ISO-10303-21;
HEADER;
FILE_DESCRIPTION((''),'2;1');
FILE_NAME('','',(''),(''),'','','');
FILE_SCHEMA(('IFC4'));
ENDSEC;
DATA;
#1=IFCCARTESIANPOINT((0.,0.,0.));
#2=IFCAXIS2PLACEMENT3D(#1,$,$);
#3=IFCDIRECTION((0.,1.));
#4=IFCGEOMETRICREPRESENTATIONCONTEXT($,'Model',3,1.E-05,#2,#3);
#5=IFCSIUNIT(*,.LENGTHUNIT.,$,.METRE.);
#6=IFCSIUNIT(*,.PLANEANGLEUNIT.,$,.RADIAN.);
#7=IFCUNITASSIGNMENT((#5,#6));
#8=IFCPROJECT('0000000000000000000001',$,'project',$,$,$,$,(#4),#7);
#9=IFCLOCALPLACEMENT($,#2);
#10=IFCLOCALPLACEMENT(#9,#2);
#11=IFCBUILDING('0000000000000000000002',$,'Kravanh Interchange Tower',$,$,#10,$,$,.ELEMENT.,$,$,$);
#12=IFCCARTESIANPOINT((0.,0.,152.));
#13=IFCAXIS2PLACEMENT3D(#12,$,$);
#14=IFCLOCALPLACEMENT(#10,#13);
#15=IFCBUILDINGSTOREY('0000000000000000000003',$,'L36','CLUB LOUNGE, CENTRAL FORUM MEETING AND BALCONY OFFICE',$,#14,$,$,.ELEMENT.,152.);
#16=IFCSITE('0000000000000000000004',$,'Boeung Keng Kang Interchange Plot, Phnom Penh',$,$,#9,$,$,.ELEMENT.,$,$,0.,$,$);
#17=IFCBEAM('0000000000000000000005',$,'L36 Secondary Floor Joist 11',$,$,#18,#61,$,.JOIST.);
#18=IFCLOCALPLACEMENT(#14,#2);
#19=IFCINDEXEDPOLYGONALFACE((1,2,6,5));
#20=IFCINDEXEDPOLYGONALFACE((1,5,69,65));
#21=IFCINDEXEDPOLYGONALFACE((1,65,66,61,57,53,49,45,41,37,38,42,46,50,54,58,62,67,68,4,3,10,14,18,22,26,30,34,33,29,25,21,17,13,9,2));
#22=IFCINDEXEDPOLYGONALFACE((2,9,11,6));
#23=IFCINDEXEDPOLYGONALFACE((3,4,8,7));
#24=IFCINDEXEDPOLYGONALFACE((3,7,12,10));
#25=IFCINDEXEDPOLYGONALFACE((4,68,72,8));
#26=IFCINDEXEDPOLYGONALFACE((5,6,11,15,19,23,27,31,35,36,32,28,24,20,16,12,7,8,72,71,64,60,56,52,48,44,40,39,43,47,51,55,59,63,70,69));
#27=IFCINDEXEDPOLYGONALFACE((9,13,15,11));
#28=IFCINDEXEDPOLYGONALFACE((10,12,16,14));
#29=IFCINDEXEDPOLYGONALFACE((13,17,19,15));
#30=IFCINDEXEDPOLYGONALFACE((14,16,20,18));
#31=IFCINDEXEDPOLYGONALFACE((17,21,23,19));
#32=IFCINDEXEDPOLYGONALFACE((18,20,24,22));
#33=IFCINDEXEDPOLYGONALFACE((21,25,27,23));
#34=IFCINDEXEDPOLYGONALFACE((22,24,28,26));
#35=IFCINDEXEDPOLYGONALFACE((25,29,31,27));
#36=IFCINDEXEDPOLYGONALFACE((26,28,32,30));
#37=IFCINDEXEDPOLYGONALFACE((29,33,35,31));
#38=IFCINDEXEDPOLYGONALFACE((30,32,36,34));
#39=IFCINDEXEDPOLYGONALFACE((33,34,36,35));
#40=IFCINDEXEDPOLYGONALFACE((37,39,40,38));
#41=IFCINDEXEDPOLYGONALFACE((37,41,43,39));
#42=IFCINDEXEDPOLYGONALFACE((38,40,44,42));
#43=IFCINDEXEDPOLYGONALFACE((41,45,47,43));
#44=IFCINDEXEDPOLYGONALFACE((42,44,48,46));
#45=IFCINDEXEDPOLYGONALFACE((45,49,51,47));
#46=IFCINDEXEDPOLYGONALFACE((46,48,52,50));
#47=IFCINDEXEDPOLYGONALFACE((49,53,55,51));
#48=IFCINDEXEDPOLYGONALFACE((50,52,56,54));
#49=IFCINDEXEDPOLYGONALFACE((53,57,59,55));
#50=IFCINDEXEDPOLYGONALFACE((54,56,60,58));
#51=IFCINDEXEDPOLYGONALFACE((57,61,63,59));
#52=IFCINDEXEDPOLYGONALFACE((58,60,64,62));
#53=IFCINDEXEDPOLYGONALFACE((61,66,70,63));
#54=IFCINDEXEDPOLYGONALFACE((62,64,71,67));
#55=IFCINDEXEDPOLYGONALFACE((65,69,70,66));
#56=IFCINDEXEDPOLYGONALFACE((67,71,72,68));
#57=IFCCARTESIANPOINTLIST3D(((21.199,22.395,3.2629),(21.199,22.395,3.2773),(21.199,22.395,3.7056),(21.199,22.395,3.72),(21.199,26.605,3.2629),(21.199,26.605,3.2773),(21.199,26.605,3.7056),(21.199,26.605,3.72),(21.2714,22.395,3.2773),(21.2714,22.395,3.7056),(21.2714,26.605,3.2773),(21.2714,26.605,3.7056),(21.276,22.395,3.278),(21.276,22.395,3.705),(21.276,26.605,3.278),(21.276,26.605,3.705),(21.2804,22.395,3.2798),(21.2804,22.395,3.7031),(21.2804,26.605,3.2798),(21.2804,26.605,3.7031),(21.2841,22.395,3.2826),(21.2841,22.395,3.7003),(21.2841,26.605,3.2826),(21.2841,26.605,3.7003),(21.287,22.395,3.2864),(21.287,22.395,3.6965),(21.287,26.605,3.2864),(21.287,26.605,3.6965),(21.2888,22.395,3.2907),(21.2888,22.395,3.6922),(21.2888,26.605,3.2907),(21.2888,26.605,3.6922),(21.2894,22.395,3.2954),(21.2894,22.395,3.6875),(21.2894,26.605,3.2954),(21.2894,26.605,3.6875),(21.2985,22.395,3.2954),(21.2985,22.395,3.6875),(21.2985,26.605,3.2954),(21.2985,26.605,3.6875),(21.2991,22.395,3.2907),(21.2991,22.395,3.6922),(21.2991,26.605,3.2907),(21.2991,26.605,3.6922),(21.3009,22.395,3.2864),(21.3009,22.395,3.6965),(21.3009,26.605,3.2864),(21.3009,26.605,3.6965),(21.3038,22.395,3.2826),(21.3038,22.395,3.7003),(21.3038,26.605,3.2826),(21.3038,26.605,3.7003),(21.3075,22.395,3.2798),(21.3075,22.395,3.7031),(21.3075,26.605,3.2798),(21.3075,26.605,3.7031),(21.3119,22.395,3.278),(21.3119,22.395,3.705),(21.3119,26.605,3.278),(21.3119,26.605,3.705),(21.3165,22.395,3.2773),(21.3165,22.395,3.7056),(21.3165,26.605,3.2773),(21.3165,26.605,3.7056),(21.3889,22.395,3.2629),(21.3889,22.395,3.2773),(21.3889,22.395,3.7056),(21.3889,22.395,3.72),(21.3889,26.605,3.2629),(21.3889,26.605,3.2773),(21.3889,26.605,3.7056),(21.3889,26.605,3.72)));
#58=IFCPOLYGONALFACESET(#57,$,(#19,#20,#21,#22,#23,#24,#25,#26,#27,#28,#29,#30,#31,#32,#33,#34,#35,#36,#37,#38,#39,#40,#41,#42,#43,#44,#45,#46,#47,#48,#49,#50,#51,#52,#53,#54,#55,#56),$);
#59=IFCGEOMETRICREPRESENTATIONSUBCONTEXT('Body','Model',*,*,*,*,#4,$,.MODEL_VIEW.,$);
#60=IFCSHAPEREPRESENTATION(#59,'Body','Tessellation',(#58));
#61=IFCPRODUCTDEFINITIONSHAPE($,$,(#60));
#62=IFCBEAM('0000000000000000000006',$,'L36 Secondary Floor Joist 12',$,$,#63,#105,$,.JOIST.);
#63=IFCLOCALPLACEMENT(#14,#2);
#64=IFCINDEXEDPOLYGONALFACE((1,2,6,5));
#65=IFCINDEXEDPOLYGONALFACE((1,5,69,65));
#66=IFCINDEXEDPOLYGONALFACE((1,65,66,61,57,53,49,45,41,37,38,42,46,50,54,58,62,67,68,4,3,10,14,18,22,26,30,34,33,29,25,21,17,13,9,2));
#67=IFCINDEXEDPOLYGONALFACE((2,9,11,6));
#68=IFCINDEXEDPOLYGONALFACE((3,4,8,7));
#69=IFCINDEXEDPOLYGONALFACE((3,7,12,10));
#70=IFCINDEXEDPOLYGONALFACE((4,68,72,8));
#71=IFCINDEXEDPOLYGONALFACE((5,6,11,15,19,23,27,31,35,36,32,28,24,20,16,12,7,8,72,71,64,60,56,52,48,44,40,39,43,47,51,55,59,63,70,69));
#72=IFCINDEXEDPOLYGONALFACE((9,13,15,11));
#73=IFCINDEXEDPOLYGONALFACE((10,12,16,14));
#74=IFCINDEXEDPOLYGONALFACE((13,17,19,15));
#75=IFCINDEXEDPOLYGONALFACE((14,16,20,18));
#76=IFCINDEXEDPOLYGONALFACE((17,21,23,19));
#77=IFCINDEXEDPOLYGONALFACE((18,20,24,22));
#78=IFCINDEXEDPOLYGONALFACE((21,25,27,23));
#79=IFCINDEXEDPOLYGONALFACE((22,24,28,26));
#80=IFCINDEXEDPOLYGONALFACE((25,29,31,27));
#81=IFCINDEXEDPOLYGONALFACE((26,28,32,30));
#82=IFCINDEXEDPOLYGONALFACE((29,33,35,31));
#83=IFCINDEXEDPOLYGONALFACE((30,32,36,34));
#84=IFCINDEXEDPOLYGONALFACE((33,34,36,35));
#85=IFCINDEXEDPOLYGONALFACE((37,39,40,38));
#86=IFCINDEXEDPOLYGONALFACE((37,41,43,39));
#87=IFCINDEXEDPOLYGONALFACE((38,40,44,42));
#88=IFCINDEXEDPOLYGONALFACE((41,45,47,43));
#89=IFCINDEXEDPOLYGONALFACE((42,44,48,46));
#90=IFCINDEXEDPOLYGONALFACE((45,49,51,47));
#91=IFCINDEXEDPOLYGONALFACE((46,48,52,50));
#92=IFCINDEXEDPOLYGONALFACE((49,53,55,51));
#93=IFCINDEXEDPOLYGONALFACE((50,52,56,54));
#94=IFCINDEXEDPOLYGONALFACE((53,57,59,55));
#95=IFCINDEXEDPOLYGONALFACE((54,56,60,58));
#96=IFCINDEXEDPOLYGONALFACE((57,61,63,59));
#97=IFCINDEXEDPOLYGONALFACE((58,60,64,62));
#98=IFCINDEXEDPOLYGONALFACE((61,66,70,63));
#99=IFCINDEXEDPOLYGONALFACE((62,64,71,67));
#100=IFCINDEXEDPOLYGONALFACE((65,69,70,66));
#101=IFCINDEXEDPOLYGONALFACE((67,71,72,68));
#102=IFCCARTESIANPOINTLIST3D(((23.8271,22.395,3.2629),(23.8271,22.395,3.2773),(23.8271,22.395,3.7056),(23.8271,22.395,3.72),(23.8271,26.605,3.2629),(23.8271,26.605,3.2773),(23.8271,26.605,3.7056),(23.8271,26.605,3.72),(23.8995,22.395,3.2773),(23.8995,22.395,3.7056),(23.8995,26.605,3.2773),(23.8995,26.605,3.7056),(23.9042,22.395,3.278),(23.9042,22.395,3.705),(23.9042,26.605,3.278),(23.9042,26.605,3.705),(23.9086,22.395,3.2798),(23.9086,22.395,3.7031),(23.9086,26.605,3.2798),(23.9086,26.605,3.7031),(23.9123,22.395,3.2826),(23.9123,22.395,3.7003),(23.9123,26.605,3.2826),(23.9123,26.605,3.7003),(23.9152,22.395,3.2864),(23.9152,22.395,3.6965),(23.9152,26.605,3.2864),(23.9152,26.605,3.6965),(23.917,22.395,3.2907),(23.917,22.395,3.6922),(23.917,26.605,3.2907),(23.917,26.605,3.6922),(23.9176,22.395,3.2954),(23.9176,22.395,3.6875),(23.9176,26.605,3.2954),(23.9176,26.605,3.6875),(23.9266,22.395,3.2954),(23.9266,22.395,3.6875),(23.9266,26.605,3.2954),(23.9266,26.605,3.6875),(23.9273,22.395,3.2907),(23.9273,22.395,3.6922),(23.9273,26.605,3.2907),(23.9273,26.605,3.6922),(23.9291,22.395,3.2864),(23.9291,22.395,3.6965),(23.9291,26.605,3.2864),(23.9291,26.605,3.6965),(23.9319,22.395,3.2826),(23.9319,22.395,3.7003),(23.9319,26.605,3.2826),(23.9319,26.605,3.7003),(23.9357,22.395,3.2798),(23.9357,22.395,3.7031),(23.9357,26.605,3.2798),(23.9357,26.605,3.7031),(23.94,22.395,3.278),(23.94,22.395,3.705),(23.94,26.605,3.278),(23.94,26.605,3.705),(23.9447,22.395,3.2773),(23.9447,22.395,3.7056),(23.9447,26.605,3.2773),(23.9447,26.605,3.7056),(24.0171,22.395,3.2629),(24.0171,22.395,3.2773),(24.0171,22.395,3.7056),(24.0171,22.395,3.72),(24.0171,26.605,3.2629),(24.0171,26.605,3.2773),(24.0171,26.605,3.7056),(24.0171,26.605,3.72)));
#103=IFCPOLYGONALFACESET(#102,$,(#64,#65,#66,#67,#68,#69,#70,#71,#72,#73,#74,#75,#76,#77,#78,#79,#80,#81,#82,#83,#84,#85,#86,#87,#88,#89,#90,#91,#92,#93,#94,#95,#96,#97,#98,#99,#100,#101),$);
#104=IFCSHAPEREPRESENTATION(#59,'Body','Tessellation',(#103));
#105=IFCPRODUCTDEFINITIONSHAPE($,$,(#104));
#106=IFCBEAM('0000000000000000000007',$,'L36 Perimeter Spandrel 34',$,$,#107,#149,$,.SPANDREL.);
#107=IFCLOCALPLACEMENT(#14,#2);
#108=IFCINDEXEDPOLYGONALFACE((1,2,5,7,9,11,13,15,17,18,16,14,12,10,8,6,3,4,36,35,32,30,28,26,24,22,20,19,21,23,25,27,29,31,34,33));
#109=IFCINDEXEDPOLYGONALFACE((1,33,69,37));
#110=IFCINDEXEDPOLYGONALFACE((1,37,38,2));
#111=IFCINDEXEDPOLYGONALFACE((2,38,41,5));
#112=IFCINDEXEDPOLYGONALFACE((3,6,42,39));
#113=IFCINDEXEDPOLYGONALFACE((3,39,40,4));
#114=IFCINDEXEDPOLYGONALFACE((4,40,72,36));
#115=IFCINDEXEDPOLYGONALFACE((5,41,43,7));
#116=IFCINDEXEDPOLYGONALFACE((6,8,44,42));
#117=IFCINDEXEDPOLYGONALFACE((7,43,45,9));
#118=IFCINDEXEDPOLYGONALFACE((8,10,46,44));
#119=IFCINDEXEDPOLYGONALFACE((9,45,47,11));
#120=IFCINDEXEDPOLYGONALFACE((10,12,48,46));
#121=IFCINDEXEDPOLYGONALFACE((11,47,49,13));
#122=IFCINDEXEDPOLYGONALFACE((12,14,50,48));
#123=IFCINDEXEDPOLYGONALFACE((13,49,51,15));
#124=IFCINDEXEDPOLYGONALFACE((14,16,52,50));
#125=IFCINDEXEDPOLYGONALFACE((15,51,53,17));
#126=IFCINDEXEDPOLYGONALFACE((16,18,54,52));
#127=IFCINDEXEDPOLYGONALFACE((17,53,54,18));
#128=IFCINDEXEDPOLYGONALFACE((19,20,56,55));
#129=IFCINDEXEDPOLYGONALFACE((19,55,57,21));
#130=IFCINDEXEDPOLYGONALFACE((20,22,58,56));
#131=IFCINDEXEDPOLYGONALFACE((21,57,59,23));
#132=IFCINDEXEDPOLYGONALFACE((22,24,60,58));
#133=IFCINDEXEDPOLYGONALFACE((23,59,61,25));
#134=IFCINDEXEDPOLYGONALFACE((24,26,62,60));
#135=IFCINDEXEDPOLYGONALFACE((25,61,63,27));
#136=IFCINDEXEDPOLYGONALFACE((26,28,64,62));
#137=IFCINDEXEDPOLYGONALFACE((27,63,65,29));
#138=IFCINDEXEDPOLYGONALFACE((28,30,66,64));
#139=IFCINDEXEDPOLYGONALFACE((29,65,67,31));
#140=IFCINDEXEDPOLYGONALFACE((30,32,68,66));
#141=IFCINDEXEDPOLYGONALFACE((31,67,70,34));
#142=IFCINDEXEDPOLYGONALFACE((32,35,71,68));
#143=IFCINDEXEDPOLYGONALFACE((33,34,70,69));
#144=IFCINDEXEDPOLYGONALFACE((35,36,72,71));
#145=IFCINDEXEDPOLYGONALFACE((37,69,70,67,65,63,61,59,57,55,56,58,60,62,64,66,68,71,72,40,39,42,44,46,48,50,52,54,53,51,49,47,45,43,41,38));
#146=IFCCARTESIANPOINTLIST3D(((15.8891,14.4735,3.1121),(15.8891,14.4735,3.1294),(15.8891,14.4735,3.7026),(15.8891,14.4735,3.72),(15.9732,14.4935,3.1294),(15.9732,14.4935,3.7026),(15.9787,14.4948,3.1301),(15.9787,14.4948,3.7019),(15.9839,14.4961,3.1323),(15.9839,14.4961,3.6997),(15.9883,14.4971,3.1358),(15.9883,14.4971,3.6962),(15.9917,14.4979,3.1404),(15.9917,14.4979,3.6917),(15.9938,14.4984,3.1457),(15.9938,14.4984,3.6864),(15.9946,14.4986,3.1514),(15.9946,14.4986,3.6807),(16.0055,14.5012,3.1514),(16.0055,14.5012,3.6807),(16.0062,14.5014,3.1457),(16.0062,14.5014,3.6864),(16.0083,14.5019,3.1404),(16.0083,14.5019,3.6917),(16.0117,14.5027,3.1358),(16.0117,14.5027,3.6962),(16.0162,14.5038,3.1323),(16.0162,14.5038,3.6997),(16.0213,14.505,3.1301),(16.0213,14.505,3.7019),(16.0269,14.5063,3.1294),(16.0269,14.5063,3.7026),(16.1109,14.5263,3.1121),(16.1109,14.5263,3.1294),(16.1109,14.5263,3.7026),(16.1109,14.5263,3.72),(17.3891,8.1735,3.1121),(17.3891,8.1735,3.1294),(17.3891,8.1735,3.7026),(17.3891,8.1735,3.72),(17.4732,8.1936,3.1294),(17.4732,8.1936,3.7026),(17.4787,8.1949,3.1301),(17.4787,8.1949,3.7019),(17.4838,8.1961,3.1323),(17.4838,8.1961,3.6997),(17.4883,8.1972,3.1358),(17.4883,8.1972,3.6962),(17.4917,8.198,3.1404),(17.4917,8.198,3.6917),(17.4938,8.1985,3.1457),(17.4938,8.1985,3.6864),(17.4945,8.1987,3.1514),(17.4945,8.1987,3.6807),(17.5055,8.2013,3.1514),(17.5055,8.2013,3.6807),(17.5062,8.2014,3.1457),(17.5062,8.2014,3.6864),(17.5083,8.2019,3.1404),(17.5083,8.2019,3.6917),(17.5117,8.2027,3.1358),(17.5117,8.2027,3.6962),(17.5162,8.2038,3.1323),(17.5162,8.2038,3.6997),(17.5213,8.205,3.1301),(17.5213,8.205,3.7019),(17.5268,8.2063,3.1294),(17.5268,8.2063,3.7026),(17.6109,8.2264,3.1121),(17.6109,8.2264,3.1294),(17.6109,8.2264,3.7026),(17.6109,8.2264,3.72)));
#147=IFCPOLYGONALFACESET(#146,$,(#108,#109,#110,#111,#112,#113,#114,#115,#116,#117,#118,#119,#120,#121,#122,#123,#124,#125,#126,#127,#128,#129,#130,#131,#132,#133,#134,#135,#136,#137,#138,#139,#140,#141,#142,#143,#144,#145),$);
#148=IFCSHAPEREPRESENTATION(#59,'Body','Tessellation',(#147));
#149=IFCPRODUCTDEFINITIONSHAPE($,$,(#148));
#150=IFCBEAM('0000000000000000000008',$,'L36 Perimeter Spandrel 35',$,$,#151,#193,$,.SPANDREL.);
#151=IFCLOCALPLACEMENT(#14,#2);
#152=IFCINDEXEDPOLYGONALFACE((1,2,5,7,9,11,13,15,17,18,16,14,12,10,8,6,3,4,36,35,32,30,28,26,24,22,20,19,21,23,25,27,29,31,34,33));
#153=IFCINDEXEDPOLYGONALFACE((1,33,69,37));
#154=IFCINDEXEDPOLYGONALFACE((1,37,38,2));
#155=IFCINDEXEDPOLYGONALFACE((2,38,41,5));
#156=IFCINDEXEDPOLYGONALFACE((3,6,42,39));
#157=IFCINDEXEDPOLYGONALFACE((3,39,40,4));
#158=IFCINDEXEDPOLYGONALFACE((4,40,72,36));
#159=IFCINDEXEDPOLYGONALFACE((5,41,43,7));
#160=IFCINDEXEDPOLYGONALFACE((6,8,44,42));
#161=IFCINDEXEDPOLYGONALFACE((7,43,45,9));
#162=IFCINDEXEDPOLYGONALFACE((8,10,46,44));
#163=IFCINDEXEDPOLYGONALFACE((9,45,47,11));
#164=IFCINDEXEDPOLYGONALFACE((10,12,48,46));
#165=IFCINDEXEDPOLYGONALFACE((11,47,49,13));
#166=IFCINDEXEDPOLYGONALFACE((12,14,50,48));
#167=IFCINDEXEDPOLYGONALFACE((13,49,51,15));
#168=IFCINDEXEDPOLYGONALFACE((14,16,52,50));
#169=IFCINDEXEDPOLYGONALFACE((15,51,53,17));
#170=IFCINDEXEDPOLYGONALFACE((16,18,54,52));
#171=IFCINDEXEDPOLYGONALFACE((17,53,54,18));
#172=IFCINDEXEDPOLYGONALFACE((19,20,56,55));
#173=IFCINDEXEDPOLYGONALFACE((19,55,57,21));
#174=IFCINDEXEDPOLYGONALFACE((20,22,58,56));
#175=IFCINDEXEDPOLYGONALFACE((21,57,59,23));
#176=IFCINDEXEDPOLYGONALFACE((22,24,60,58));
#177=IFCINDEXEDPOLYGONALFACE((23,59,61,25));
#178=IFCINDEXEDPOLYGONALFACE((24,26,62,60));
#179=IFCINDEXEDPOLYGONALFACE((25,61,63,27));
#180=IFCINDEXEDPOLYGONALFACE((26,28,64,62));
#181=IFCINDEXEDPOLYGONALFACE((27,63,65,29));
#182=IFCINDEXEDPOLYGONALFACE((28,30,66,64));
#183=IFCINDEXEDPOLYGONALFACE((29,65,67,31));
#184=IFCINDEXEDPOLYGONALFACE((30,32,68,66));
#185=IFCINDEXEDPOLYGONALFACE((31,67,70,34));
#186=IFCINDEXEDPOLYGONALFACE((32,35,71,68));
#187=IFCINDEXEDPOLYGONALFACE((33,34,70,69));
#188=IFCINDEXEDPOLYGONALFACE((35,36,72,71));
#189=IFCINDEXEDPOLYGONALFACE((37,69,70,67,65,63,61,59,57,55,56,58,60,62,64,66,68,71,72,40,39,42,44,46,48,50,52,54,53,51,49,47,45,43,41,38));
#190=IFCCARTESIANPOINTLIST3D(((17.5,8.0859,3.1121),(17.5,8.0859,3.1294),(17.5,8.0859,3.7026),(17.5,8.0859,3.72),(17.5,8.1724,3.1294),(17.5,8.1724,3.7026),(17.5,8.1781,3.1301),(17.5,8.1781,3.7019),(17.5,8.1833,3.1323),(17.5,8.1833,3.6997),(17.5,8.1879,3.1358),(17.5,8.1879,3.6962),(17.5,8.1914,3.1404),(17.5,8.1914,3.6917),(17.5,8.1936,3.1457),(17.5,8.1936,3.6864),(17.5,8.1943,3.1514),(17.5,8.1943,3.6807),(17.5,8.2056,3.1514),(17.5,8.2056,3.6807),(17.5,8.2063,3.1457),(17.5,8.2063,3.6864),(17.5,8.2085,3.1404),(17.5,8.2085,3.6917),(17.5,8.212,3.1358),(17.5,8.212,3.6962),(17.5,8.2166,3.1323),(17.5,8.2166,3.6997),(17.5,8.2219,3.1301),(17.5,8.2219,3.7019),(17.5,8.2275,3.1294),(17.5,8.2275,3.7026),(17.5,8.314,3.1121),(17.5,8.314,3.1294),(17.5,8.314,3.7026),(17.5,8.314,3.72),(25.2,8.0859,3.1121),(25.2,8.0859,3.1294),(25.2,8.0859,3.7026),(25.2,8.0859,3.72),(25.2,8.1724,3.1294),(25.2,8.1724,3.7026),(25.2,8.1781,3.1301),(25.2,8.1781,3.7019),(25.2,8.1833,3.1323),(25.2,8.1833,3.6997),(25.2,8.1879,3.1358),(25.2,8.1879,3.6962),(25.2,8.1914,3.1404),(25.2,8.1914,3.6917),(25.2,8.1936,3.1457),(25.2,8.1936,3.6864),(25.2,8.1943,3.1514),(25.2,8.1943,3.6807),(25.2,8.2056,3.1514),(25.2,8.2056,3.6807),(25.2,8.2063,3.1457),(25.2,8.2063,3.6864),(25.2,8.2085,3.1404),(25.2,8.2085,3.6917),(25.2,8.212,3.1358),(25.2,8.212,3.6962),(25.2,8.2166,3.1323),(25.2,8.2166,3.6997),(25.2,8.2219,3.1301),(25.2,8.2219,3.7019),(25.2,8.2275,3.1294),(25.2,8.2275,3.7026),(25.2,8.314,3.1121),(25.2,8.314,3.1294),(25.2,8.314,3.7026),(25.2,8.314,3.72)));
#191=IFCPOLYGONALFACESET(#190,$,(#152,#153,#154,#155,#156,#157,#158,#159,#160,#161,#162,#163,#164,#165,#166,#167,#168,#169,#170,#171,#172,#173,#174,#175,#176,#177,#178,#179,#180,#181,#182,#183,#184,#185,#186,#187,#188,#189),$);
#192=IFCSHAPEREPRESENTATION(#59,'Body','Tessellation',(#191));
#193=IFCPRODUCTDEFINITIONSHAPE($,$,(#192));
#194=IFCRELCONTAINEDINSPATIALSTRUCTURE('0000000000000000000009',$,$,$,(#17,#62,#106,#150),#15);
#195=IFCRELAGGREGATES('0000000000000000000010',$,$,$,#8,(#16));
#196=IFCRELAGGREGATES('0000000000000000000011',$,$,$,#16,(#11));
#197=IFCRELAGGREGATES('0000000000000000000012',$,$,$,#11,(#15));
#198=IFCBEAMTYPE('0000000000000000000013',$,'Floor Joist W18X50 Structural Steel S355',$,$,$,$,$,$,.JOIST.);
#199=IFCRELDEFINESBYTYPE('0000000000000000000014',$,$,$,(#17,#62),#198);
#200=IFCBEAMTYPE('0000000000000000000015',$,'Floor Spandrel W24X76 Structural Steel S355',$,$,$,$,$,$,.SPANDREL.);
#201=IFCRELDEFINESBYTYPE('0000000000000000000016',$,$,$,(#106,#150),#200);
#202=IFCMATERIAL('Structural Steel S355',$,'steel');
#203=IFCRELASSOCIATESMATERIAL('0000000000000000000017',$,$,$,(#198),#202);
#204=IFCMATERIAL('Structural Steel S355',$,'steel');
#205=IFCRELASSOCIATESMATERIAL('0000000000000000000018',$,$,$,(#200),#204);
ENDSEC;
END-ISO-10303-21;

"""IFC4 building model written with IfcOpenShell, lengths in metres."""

from ifc_helpers import new_model, si_unit, direction, frame, origin, origin_2d, place, context, subcontext, project, spatial, i_section, extrude, material, material_profile, profile_set, type_object, element, save


model = new_model("IFC4")

# Units and contexts
model_context = context("Model", 3, precision=1e-05, world=origin(), true_north=direction((0.0, 1.0)))
body_context = subcontext(model_context, "Body", "Model", "MODEL_VIEW")
ifc_project = project(units=[si_unit("LENGTHUNIT", "METRE"), si_unit("PLANEANGLEUNIT", "RADIAN")], contexts=[model_context])

# Site, building, storey
site_placement = place(None, origin())
site = spatial("IfcSite", under=ifc_project, at=site_placement, Name="Boeung Keng Kang Interchange Plot, Phnom Penh", CompositionType="ELEMENT", RefElevation=0.0)
building_placement = place(site_placement, origin())
building = spatial("IfcBuilding", under=site, at=building_placement, Name="Kravanh Interchange Tower", CompositionType="ELEMENT")
storey_placement = place(building_placement, frame((0.0, 0.0, 152.0)))
storey = spatial("IfcBuildingStorey", under=building, at=storey_placement, Name="L36", Description="CLUB LOUNGE, CENTRAL FORUM MEETING AND BALCONY OFFICE", CompositionType="ELEMENT", Elevation=152.0)

# Beams
ifc_material_1 = material(Name="Structural Steel S355", Category="steel")
ifc_material_profile_1 = material_profile(ifc_material_1, i_section(OverallWidth=0.1899, OverallDepth=0.457, WebThickness=0.009, FlangeThickness=0.0144, FilletRadius=0.0181, at=origin_2d()), Name="W18X50")
ifc_profile_set_1 = profile_set([ifc_material_profile_1], Name="Structural Steel S355")
beam_type_1 = type_object("IfcBeamType", Name="Floor Joist W18X50 Structural Steel S355", PredefinedType="JOIST", material=ifc_profile_set_1)
for number, where, z_axis, x_axis, name in (
    (1, (21.2939, 22.395, 3.4915), (0.0, 1.0, 0.0), (-1.0, 0.0, 0.0), "L36 Secondary Floor Joist 11"),
    (2, (23.9221, 22.395, 3.4915), (0.0, 1.0, 0.0), (-1.0, 0.0, 0.0), "L36 Secondary Floor Joist 12"),
):
    element("IfcBeam", number, at=place(storey_placement, frame(where, z_axis=z_axis, x_axis=x_axis)), inside=storey, type_object=beam_type_1, Name=name, PredefinedType="JOIST", context=body_context, shape_type="SweptSolid", body=[
        extrude(i_section(OverallWidth=0.1899, OverallDepth=0.457, WebThickness=0.009, FlangeThickness=0.0144, FilletRadius=0.0181, at=origin_2d()), origin(), (0.0, 0.0, 1.0), 4.21),
    ])
ifc_material_2 = material(Name="Structural Steel S355", Category="steel")
ifc_material_profile_2 = material_profile(ifc_material_2, i_section(OverallWidth=0.228, OverallDepth=0.6079, WebThickness=0.0112, FlangeThickness=0.0173, FilletRadius=0.022, at=origin_2d()), Name="W24X76")
ifc_profile_set_2 = profile_set([ifc_material_profile_2], Name="Structural Steel S355")
beam_type_2 = type_object("IfcBeamType", Name="Floor Spandrel W24X76 Structural Steel S355", PredefinedType="SPANDREL", material=ifc_profile_set_2)
beam_1_placement = place(storey_placement, frame((17.5, 8.2, 3.416), z_axis=(-0.231619, 0.972807, 0.0), x_axis=(-0.972807, -0.231619, 0.0)))
element("IfcBeam", 3, at=beam_1_placement, inside=storey, type_object=beam_type_2, Name="L36 Perimeter Spandrel 34", PredefinedType="SPANDREL", context=body_context, shape_type="SweptSolid", body=[
    extrude(i_section(OverallWidth=0.228, OverallDepth=0.6079, WebThickness=0.0112, FlangeThickness=0.0173, FilletRadius=0.022, at=origin_2d()), origin(), (0.0, 0.0, 1.0), 6.4761),
])
beam_2_placement = place(storey_placement, frame((17.5, 8.2, 3.416), z_axis=(1.0, 0.0, 0.0), x_axis=(0.0, 1.0, 0.0)))
element("IfcBeam", 4, at=beam_2_placement, inside=storey, type_object=beam_type_2, Name="L36 Perimeter Spandrel 35", PredefinedType="SPANDREL", context=body_context, shape_type="SweptSolid", body=[
    extrude(i_section(OverallWidth=0.228, OverallDepth=0.6079, WebThickness=0.0112, FlangeThickness=0.0173, FilletRadius=0.022, at=origin_2d()), origin(), (0.0, 0.0, 1.0), 7.7),
])

save(model, "model.ifc")
